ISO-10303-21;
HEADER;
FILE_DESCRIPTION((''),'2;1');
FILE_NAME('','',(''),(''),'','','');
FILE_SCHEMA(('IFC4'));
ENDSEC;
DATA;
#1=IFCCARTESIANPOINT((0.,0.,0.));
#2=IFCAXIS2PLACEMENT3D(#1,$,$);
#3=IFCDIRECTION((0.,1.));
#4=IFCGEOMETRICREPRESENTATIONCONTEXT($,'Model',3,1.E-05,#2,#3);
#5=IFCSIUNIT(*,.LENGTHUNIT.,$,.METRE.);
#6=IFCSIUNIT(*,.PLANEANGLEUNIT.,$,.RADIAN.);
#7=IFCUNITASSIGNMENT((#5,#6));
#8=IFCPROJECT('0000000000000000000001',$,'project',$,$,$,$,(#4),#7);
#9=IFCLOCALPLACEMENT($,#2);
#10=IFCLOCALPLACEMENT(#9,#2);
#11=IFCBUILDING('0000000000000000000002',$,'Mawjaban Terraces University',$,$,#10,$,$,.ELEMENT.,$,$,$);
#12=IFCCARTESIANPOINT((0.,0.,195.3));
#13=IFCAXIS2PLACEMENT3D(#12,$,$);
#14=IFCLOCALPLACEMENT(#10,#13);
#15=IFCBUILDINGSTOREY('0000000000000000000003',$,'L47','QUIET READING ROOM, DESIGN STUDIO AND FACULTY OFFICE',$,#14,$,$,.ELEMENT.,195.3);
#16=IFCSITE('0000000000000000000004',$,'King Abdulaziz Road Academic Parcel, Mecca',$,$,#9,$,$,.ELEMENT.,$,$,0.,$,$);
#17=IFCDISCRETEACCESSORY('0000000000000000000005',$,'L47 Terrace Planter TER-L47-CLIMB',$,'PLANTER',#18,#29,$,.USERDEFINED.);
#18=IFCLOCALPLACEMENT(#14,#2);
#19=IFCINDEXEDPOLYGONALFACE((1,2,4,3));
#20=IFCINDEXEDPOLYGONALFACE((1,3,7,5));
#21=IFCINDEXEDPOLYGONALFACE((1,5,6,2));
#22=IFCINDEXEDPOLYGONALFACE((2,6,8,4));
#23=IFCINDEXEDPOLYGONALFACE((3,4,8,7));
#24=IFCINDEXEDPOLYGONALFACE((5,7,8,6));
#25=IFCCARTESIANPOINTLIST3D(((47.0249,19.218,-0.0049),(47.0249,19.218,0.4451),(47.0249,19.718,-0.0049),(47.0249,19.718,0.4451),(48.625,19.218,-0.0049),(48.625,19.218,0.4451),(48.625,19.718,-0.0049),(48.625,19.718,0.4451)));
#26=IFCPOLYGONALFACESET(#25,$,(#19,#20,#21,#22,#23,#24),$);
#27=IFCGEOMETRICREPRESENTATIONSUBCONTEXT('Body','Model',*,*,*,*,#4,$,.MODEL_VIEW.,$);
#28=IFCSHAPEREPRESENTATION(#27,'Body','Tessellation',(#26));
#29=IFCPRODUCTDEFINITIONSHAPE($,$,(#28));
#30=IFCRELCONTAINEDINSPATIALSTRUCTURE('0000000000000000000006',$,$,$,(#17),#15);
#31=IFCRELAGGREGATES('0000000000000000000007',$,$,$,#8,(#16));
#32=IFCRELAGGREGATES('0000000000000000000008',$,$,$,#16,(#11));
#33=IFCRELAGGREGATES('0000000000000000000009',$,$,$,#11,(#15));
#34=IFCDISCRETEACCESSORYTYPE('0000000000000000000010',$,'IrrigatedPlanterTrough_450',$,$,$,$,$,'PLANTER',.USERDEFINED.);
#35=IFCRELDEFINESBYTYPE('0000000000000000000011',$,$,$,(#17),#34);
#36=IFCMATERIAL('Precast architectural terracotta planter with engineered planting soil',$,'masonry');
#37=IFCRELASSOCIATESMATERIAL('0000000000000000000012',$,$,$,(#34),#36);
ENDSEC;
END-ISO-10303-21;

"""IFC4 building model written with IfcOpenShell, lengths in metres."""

from ifc_helpers import new_model, si_unit, direction, frame, origin, origin_2d, place, context, subcontext, project, spatial, rectangle, extrude, material, type_object, element, save


model = new_model("IFC4")

# Units and contexts
model_context = context("Model", 3, precision=1e-05, world=origin(), true_north=direction((0.0, 1.0)))
body_context = subcontext(model_context, "Body", "Model", "MODEL_VIEW")
ifc_project = project(units=[si_unit("LENGTHUNIT", "METRE"), si_unit("PLANEANGLEUNIT", "RADIAN")], contexts=[model_context])

# Site, building, storey
site_placement = place(None, origin())
site = spatial("IfcSite", under=ifc_project, at=site_placement, Name="King Abdulaziz Road Academic Parcel, Mecca", CompositionType="ELEMENT", RefElevation=0.0)
building_placement = place(site_placement, origin())
building = spatial("IfcBuilding", under=site, at=building_placement, Name="Mawjaban Terraces University", CompositionType="ELEMENT")
storey_placement = place(building_placement, frame((0.0, 0.0, 195.3)))
storey = spatial("IfcBuildingStorey", under=building, at=storey_placement, Name="L47", Description="QUIET READING ROOM, DESIGN STUDIO AND FACULTY OFFICE", CompositionType="ELEMENT", Elevation=195.3)

# Discrete accessory
ifc_material_1 = material(Name="Precast architectural terracotta planter with engineered planting soil", Category="masonry")
discrete_accessory_type = type_object("IfcDiscreteAccessoryType", Name="IrrigatedPlanterTrough_450", ElementType="PLANTER", PredefinedType="USERDEFINED", material=ifc_material_1)
discrete_accessory_placement = place(storey_placement, frame((47.825, 19.468, -0.0049), z_axis=(0.0, 0.0, 1.0), x_axis=(1.0, 0.0, 0.0)))
element("IfcDiscreteAccessory", 1, at=discrete_accessory_placement, inside=storey, type_object=discrete_accessory_type, Name="L47 Terrace Planter TER-L47-CLIMB", ObjectType="PLANTER", PredefinedType="USERDEFINED", context=body_context, shape_type="SweptSolid", body=[
    extrude(rectangle(XDim=1.6001, YDim=0.5, at=origin_2d()), origin(), (0.0, 0.0, 1.0), 0.45),
])

save(model, "model.ifc")
